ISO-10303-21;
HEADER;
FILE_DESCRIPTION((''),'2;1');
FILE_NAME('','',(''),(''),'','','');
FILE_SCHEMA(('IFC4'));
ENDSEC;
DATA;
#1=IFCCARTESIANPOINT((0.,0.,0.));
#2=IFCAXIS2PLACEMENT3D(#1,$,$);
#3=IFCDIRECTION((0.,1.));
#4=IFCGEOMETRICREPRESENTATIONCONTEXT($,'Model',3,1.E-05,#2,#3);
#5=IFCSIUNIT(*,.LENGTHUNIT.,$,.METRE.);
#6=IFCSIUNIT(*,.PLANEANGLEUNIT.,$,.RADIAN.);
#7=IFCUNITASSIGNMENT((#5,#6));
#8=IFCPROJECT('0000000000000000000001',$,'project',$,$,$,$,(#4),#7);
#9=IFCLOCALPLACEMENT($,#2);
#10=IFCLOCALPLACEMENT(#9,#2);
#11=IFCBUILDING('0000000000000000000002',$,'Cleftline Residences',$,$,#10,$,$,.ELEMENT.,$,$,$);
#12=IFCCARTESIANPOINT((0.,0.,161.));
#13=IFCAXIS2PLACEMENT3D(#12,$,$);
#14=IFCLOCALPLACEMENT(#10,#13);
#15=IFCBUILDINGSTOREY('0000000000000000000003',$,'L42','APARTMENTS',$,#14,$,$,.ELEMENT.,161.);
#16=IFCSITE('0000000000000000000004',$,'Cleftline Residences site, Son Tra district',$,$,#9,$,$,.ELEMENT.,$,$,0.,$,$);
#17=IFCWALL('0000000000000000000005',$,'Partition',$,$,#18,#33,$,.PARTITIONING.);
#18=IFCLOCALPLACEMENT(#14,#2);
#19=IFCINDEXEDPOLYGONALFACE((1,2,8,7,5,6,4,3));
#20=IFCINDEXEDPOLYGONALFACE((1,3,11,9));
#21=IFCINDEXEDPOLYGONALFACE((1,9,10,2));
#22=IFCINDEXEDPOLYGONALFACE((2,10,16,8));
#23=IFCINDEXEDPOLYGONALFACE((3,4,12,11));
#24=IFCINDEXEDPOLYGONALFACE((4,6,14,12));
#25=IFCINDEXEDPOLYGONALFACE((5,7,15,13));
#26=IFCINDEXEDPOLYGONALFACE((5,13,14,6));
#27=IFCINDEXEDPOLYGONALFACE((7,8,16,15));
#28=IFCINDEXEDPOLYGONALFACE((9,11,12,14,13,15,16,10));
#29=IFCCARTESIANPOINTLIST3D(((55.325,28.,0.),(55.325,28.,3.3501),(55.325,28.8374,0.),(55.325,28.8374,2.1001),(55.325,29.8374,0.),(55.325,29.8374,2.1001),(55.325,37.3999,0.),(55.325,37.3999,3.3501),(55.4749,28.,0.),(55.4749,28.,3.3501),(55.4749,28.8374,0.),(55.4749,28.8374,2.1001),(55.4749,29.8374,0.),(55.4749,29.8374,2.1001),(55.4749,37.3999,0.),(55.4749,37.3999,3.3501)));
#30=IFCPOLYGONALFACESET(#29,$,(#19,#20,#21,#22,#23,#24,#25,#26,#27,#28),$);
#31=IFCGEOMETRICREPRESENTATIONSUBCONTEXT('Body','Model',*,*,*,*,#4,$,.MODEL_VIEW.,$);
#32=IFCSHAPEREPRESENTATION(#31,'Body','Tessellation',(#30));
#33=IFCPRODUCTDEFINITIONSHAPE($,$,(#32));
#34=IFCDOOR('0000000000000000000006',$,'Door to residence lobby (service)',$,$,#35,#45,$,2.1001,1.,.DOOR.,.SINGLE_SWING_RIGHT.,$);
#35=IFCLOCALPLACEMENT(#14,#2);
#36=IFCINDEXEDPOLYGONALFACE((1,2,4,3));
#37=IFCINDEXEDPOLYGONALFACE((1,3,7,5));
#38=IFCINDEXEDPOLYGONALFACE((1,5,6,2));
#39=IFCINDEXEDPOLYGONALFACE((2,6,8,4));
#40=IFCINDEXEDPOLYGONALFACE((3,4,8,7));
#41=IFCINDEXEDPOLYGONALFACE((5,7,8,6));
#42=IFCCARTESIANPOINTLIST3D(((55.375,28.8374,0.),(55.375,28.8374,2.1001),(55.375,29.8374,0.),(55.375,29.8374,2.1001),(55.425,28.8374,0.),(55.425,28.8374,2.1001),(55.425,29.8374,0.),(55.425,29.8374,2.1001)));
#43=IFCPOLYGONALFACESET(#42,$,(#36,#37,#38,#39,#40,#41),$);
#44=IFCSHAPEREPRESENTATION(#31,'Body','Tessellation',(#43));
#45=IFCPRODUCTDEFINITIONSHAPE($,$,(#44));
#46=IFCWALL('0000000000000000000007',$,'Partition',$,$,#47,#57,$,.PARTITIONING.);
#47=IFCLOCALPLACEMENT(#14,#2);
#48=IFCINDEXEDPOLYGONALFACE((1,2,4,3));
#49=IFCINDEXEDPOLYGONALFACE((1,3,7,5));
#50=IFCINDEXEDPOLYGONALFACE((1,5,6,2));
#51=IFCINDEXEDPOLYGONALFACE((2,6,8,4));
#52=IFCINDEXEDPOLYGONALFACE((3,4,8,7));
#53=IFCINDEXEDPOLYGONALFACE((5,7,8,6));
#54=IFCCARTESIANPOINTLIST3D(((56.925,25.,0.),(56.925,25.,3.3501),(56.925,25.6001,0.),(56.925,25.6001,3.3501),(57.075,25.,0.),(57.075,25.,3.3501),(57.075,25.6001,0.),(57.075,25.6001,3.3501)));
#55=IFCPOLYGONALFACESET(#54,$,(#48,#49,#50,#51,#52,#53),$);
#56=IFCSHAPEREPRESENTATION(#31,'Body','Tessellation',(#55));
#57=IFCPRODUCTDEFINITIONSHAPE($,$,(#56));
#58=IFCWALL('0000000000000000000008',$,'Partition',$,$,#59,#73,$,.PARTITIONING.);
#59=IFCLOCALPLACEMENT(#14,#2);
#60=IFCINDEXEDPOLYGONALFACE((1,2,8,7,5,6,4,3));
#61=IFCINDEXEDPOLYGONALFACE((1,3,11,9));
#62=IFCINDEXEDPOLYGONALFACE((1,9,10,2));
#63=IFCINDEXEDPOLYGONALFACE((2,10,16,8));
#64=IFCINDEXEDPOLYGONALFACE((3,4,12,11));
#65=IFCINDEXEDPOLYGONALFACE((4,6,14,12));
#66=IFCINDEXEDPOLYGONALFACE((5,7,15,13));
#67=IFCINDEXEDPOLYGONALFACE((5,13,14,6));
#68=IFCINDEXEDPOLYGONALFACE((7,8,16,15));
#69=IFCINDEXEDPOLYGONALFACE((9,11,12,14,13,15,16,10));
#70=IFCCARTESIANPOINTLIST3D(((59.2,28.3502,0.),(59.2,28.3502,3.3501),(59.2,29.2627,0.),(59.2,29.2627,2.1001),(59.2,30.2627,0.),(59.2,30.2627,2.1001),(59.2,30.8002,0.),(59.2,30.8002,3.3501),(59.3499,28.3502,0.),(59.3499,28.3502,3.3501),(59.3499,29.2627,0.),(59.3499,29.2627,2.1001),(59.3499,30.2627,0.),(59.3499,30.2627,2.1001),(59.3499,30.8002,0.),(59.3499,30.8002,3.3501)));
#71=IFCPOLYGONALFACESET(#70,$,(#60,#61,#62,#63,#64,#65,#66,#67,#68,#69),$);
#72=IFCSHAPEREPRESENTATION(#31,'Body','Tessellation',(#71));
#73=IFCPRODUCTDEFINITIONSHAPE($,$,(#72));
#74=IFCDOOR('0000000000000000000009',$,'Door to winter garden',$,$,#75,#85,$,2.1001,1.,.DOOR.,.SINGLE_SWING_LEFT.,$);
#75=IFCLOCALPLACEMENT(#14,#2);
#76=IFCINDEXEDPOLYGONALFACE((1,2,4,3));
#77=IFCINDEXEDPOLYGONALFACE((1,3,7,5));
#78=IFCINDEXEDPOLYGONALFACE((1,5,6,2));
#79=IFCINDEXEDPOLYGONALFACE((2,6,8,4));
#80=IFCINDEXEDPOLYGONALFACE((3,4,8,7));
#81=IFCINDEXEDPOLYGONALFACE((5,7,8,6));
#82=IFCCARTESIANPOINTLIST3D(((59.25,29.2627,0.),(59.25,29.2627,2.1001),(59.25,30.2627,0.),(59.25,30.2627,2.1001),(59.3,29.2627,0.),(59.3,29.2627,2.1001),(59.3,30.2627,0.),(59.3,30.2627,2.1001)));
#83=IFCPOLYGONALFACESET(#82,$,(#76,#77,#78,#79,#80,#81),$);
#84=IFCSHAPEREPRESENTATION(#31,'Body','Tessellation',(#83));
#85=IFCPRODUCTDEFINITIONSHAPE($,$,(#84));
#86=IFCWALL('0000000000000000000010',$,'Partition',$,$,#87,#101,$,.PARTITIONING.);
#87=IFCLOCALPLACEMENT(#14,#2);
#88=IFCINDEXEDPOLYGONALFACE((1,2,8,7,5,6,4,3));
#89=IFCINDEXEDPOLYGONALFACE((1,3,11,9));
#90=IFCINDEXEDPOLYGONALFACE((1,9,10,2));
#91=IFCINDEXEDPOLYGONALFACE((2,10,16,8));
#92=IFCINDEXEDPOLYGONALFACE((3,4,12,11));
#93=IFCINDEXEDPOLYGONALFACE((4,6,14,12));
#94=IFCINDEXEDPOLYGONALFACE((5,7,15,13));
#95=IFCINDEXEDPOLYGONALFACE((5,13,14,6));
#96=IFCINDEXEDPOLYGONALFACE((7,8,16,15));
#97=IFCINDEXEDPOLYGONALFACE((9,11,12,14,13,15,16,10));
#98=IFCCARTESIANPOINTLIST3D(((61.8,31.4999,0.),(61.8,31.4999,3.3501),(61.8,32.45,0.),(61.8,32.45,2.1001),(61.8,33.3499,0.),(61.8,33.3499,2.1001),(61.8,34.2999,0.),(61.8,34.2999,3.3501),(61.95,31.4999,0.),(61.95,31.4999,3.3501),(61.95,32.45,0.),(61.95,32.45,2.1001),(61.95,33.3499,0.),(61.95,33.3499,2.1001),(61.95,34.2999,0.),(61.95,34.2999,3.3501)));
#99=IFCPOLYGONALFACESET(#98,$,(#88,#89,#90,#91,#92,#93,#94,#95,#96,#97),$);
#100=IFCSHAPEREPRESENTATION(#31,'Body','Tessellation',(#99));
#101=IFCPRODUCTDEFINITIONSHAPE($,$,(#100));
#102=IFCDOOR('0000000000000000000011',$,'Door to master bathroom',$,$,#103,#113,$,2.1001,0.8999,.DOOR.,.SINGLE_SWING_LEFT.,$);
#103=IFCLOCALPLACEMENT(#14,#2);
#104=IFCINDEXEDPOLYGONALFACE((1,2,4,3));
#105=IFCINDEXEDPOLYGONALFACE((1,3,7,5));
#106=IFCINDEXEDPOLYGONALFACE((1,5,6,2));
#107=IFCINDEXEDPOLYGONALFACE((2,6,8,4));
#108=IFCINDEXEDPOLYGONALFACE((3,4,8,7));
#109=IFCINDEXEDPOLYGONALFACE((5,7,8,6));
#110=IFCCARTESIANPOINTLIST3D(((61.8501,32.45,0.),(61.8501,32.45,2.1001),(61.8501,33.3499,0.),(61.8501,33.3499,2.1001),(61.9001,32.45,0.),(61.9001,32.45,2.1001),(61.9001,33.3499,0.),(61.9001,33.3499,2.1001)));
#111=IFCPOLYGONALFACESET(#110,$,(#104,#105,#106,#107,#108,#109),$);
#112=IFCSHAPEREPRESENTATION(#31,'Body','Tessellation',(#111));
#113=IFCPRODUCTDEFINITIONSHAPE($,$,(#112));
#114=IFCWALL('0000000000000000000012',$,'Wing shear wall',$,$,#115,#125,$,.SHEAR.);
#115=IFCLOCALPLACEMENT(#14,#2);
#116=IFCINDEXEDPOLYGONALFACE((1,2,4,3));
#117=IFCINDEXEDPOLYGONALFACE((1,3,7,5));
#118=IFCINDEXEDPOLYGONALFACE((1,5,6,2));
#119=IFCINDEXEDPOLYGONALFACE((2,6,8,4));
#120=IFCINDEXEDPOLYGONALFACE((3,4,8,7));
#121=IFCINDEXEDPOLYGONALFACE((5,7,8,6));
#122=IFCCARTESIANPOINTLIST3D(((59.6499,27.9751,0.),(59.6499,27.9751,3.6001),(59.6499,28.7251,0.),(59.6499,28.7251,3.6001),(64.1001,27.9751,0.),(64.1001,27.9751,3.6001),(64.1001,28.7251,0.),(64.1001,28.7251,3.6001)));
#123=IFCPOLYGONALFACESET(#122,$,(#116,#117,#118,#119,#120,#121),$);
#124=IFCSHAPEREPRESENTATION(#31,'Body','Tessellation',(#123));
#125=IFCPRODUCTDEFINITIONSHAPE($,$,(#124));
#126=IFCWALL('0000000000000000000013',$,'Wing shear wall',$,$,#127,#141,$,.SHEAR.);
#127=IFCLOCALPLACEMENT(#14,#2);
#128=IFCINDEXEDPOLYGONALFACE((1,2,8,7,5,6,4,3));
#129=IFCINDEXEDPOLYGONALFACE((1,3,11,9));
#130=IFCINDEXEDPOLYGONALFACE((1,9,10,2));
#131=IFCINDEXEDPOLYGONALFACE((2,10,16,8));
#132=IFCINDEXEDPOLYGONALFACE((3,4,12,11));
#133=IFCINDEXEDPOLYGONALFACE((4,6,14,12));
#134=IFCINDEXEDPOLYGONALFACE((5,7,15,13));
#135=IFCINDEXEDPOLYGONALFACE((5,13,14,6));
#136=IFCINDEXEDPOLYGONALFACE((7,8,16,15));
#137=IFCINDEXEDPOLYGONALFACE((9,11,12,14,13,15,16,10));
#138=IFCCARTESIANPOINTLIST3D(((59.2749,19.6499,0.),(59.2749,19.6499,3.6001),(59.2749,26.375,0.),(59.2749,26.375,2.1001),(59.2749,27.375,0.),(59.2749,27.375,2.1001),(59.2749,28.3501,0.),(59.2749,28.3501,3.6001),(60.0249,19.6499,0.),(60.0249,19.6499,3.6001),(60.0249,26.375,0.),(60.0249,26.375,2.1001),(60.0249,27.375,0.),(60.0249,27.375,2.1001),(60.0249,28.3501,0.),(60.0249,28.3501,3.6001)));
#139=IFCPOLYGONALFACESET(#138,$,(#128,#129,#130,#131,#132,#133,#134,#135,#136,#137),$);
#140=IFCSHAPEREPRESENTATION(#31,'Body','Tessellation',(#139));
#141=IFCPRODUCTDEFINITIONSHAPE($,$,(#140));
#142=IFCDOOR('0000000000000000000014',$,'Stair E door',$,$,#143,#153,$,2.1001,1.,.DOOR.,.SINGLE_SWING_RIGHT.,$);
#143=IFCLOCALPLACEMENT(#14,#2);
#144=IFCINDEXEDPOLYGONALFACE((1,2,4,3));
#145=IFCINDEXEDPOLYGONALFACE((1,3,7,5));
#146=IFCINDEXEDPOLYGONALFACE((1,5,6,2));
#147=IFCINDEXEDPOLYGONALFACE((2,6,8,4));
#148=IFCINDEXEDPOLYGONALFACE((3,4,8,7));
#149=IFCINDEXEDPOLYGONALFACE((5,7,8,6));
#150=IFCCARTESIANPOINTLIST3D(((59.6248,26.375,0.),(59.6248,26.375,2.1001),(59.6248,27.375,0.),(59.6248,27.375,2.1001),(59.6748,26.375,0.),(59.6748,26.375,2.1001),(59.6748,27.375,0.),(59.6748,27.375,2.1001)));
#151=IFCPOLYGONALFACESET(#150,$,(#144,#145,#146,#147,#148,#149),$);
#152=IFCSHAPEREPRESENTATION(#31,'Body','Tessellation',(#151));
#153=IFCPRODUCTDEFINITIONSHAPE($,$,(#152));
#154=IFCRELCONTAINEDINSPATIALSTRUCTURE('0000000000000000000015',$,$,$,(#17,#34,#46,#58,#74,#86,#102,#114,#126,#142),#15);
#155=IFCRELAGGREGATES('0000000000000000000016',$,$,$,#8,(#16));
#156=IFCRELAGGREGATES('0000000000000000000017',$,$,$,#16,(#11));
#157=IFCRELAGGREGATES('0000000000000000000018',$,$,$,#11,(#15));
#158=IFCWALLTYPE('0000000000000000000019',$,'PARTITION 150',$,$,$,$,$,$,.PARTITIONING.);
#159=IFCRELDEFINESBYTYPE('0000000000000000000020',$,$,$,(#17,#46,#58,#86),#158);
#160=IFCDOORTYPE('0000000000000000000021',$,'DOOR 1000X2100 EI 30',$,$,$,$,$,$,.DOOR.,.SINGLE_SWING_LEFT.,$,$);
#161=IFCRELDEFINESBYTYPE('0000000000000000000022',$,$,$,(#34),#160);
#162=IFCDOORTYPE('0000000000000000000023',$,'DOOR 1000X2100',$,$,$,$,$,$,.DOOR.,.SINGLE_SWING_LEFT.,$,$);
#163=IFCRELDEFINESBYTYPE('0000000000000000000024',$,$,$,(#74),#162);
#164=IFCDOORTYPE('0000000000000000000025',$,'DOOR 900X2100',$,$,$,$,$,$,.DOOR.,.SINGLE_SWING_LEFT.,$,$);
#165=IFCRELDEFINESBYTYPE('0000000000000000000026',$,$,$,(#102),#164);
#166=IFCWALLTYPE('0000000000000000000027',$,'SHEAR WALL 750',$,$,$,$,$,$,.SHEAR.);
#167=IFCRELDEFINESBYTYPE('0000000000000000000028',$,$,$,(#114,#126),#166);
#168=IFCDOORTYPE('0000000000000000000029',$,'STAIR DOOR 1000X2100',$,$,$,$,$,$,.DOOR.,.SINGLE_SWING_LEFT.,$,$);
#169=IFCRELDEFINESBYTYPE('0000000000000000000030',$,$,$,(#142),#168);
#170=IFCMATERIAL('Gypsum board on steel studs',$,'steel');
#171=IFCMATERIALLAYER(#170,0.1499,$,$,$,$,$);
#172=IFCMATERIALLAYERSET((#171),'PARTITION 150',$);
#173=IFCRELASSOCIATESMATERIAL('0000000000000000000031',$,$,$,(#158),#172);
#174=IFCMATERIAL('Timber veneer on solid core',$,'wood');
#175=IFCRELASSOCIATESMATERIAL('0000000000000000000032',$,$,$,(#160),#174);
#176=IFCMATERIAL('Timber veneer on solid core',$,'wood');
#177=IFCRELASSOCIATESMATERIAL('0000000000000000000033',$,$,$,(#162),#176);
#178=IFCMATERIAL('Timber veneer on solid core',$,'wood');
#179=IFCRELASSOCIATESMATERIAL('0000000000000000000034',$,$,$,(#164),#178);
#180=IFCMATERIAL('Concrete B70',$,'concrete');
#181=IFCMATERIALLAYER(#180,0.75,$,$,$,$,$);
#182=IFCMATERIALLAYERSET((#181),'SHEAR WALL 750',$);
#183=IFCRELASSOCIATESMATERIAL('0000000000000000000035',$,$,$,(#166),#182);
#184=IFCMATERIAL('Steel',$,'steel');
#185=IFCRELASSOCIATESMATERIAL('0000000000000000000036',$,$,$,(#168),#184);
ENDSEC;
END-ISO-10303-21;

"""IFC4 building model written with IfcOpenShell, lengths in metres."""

from ifc_helpers import new_model, si_unit, direction, frame, frame_2d, origin, place, context, subcontext, project, spatial, rectangle, extrude, material, layer, layer_set, type_object, element, fill, save


model = new_model("IFC4")

# Units and contexts
model_context = context("Model", 3, precision=1e-05, world=origin(), true_north=direction((0.0, 1.0)))
body_context = subcontext(model_context, "Body", "Model", "MODEL_VIEW")
ifc_project = project(units=[si_unit("LENGTHUNIT", "METRE"), si_unit("PLANEANGLEUNIT", "RADIAN")], contexts=[model_context])

# Site, building, storey
site_placement = place(None, origin())
site = spatial("IfcSite", under=ifc_project, at=site_placement, Name="Cleftline Residences site, Son Tra district", CompositionType="ELEMENT", RefElevation=0.0)
building_placement = place(site_placement, origin())
building = spatial("IfcBuilding", under=site, at=building_placement, Name="Cleftline Residences", CompositionType="ELEMENT")
storey_placement = place(building_placement, frame((0.0, 0.0, 161.0)))
storey = spatial("IfcBuildingStorey", under=building, at=storey_placement, Name="L42", Description="APARTMENTS", CompositionType="ELEMENT", Elevation=161.0)

# Shared definitions
ifc_material_1 = material(Name="Gypsum board on steel studs", Category="steel")
ifc_layer_1 = layer(ifc_material_1, 0.1499)
ifc_layer_set_1 = layer_set([ifc_layer_1], Name="PARTITION 150")
wall_type_1 = type_object("IfcWallType", Name="PARTITION 150", PredefinedType="PARTITIONING", material=ifc_layer_set_1)

# Wall, opening, door
wall_1_placement = place(storey_placement, frame((55.3999, 28.0, 0.0), z_axis=(0.0, 0.0, 1.0), x_axis=(0.0, 1.0, 0.0)))
wall_1 = element("IfcWall", 1, at=wall_1_placement, inside=storey, type_object=wall_type_1, Name="Partition", PredefinedType="PARTITIONING", context=body_context, shape_type="SweptSolid", body=[
    extrude(rectangle(XDim=9.3999, YDim=0.1499, at=frame_2d((4.7, 0.0))), origin(), (0.0, 0.0, 1.0), 3.3501),
])
opening_1_placement = place(wall_1_placement, frame((0.8374, 0.0, 0.0)))
opening_1 = element("IfcOpeningElement", 2, at=opening_1_placement, cuts=wall_1, PredefinedType="OPENING", context=body_context, shape_type="SweptSolid", body=[
    extrude(rectangle(XDim=1.0, YDim=2.1001, at=frame_2d((0.5, 1.05))), frame((0.0, 0.085, 0.0), z_axis=(0.0, -1.0, 0.0), x_axis=(1.0, 0.0, 0.0)), (0.0, 0.0, 1.0), 0.1699),
])
ifc_material_2 = material(Name="Timber veneer on solid core", Category="wood")
door_type_1 = type_object("IfcDoorType", Name="DOOR 1000X2100 EI 30", OperationType="SINGLE_SWING_LEFT", PredefinedType="DOOR", material=ifc_material_2)
door_1_placement = place(opening_1_placement, origin())
door_1 = element("IfcDoor", 3, at=door_1_placement, inside=storey, type_object=door_type_1, Name="Door to residence lobby (service)", OperationType="SINGLE_SWING_RIGHT", OverallHeight=2.1001, OverallWidth=1.0, PredefinedType="DOOR", context=body_context, shape_type="SweptSolid", body=[
    extrude(rectangle(XDim=1.0, YDim=2.1001, at=frame_2d((0.5, 1.05))), frame((0.0, 0.0249, 0.0), z_axis=(0.0, -1.0, 0.0), x_axis=(1.0, 0.0, 0.0)), (0.0, 0.0, 1.0), 0.05),
])
fill(opening_1, door_1)

# Wall
wall_2_placement = place(storey_placement, frame((57.0, 25.0, 0.0), z_axis=(0.0, 0.0, 1.0), x_axis=(0.0, 1.0, 0.0)))
element("IfcWall", 4, at=wall_2_placement, inside=storey, type_object=wall_type_1, Name="Partition", PredefinedType="PARTITIONING", context=body_context, shape_type="SweptSolid", body=[
    extrude(rectangle(XDim=0.6001, YDim=0.1499, at=frame_2d((0.3, 0.0))), origin(), (0.0, 0.0, 1.0), 3.3501),
])

# Walls, openings, doors
wall_3_placement = place(storey_placement, frame((59.2749, 28.3501, 0.0), z_axis=(0.0, 0.0, 1.0), x_axis=(0.0, 1.0, 0.0)))
wall_3 = element("IfcWall", 5, at=wall_3_placement, inside=storey, type_object=wall_type_1, Name="Partition", PredefinedType="PARTITIONING", context=body_context, shape_type="SweptSolid", body=[
    extrude(rectangle(XDim=2.45, YDim=0.1499, at=frame_2d((1.2251, 0.0))), origin(), (0.0, 0.0, 1.0), 3.3501),
])
opening_2_placement = place(wall_3_placement, frame((0.9126, 0.0, 0.0)))
opening_2 = element("IfcOpeningElement", 6, at=opening_2_placement, cuts=wall_3, PredefinedType="OPENING", context=body_context, shape_type="SweptSolid", body=[
    extrude(rectangle(XDim=1.0, YDim=2.1001, at=frame_2d((0.5, 1.05))), frame((0.0, 0.085, 0.0), z_axis=(0.0, -1.0, 0.0), x_axis=(1.0, 0.0, 0.0)), (0.0, 0.0, 1.0), 0.1699),
])
ifc_material_3 = material(Name="Timber veneer on solid core", Category="wood")
door_type_2 = type_object("IfcDoorType", Name="DOOR 1000X2100", OperationType="SINGLE_SWING_LEFT", PredefinedType="DOOR", material=ifc_material_3)
door_2_placement = place(opening_2_placement, origin())
door_2 = element("IfcDoor", 7, at=door_2_placement, inside=storey, type_object=door_type_2, Name="Door to winter garden", OperationType="SINGLE_SWING_LEFT", OverallHeight=2.1001, OverallWidth=1.0, PredefinedType="DOOR", context=body_context, shape_type="SweptSolid", body=[
    extrude(rectangle(XDim=1.0, YDim=2.1001, at=frame_2d((0.5, 1.05))), frame((0.0, 0.0249, 0.0), z_axis=(0.0, -1.0, 0.0), x_axis=(1.0, 0.0, 0.0)), (0.0, 0.0, 1.0), 0.05),
])
fill(opening_2, door_2)
wall_4_placement = place(storey_placement, frame((61.875, 31.5, 0.0), z_axis=(0.0, 0.0, 1.0), x_axis=(0.0, 1.0, 0.0)))
wall_4 = element("IfcWall", 8, at=wall_4_placement, inside=storey, type_object=wall_type_1, Name="Partition", PredefinedType="PARTITIONING", context=body_context, shape_type="SweptSolid", body=[
    extrude(rectangle(XDim=2.8, YDim=0.1499, at=frame_2d((1.3999, 0.0))), origin(), (0.0, 0.0, 1.0), 3.3501),
])
opening_3_placement = place(wall_4_placement, frame((0.95, 0.0, 0.0)))
opening_3 = element("IfcOpeningElement", 9, at=opening_3_placement, cuts=wall_4, PredefinedType="OPENING", context=body_context, shape_type="SweptSolid", body=[
    extrude(rectangle(XDim=0.8999, YDim=2.1001, at=frame_2d((0.45, 1.05))), frame((0.0, 0.085, 0.0), z_axis=(0.0, -1.0, 0.0), x_axis=(1.0, 0.0, 0.0)), (0.0, 0.0, 1.0), 0.1699),
])
ifc_material_4 = material(Name="Timber veneer on solid core", Category="wood")
door_type_3 = type_object("IfcDoorType", Name="DOOR 900X2100", OperationType="SINGLE_SWING_LEFT", PredefinedType="DOOR", material=ifc_material_4)
door_3_placement = place(opening_3_placement, origin())
door_3 = element("IfcDoor", 10, at=door_3_placement, inside=storey, type_object=door_type_3, Name="Door to master bathroom", OperationType="SINGLE_SWING_LEFT", OverallHeight=2.1001, OverallWidth=0.8999, PredefinedType="DOOR", context=body_context, shape_type="SweptSolid", body=[
    extrude(rectangle(XDim=0.8999, YDim=2.1001, at=frame_2d((0.45, 1.05))), frame((0.0, 0.0249, 0.0), z_axis=(0.0, -1.0, 0.0), x_axis=(1.0, 0.0, 0.0)), (0.0, 0.0, 1.0), 0.05),
])
fill(opening_3, door_3)

# Wall
ifc_material_5 = material(Name="Concrete B70", Category="concrete")
ifc_layer_2 = layer(ifc_material_5, 0.75)
ifc_layer_set_2 = layer_set([ifc_layer_2], Name="SHEAR WALL 750")
wall_type_2 = type_object("IfcWallType", Name="SHEAR WALL 750", PredefinedType="SHEAR", material=ifc_layer_set_2)
wall_5_placement = place(storey_placement, frame((64.1001, 28.3501, 0.0), z_axis=(0.0, 0.0, 1.0), x_axis=(-1.0, 0.0, 0.0)))
element("IfcWall", 11, at=wall_5_placement, inside=storey, type_object=wall_type_2, Name="Wing shear wall", PredefinedType="SHEAR", context=body_context, shape_type="SweptSolid", body=[
    extrude(rectangle(XDim=4.4502, YDim=0.75, at=frame_2d((2.2251, 0.0))), origin(), (0.0, 0.0, 1.0), 3.6001),
])

# Wall, opening, door
wall_6_placement = place(storey_placement, frame((59.6499, 28.3501, 0.0), z_axis=(0.0, 0.0, 1.0), x_axis=(0.0, -1.0, 0.0)))
wall_6 = element("IfcWall", 12, at=wall_6_placement, inside=storey, type_object=wall_type_2, Name="Wing shear wall", PredefinedType="SHEAR", context=body_context, shape_type="SweptSolid", body=[
    extrude(rectangle(XDim=8.7002, YDim=0.75, at=frame_2d((4.3501, 0.0))), origin(), (0.0, 0.0, 1.0), 3.6001),
])
opening_4_placement = place(wall_6_placement, frame((0.9751, 0.0, 0.0)))
opening_4 = element("IfcOpeningElement", 13, at=opening_4_placement, cuts=wall_6, PredefinedType="OPENING", context=body_context, shape_type="SweptSolid", body=[
    extrude(rectangle(XDim=1.0, YDim=2.1001, at=frame_2d((0.5, 1.05))), frame((0.0, 0.385, 0.0), z_axis=(0.0, -1.0, 0.0), x_axis=(1.0, 0.0, 0.0)), (0.0, 0.0, 1.0), 0.77),
])
ifc_material_6 = material(Name="Steel", Category="steel")
door_type_4 = type_object("IfcDoorType", Name="STAIR DOOR 1000X2100", OperationType="SINGLE_SWING_LEFT", PredefinedType="DOOR", material=ifc_material_6)
door_4_placement = place(opening_4_placement, origin())
door_4 = element("IfcDoor", 14, at=door_4_placement, inside=storey, type_object=door_type_4, Name="Stair E door", OperationType="SINGLE_SWING_RIGHT", OverallHeight=2.1001, OverallWidth=1.0, PredefinedType="DOOR", context=body_context, shape_type="SweptSolid", body=[
    extrude(rectangle(XDim=1.0, YDim=2.1001, at=frame_2d((0.5, 1.05))), frame((0.0, 0.0249, 0.0), z_axis=(0.0, -1.0, 0.0), x_axis=(1.0, 0.0, 0.0)), (0.0, 0.0, 1.0), 0.05),
])
fill(opening_4, door_4)

save(model, "model.ifc")
